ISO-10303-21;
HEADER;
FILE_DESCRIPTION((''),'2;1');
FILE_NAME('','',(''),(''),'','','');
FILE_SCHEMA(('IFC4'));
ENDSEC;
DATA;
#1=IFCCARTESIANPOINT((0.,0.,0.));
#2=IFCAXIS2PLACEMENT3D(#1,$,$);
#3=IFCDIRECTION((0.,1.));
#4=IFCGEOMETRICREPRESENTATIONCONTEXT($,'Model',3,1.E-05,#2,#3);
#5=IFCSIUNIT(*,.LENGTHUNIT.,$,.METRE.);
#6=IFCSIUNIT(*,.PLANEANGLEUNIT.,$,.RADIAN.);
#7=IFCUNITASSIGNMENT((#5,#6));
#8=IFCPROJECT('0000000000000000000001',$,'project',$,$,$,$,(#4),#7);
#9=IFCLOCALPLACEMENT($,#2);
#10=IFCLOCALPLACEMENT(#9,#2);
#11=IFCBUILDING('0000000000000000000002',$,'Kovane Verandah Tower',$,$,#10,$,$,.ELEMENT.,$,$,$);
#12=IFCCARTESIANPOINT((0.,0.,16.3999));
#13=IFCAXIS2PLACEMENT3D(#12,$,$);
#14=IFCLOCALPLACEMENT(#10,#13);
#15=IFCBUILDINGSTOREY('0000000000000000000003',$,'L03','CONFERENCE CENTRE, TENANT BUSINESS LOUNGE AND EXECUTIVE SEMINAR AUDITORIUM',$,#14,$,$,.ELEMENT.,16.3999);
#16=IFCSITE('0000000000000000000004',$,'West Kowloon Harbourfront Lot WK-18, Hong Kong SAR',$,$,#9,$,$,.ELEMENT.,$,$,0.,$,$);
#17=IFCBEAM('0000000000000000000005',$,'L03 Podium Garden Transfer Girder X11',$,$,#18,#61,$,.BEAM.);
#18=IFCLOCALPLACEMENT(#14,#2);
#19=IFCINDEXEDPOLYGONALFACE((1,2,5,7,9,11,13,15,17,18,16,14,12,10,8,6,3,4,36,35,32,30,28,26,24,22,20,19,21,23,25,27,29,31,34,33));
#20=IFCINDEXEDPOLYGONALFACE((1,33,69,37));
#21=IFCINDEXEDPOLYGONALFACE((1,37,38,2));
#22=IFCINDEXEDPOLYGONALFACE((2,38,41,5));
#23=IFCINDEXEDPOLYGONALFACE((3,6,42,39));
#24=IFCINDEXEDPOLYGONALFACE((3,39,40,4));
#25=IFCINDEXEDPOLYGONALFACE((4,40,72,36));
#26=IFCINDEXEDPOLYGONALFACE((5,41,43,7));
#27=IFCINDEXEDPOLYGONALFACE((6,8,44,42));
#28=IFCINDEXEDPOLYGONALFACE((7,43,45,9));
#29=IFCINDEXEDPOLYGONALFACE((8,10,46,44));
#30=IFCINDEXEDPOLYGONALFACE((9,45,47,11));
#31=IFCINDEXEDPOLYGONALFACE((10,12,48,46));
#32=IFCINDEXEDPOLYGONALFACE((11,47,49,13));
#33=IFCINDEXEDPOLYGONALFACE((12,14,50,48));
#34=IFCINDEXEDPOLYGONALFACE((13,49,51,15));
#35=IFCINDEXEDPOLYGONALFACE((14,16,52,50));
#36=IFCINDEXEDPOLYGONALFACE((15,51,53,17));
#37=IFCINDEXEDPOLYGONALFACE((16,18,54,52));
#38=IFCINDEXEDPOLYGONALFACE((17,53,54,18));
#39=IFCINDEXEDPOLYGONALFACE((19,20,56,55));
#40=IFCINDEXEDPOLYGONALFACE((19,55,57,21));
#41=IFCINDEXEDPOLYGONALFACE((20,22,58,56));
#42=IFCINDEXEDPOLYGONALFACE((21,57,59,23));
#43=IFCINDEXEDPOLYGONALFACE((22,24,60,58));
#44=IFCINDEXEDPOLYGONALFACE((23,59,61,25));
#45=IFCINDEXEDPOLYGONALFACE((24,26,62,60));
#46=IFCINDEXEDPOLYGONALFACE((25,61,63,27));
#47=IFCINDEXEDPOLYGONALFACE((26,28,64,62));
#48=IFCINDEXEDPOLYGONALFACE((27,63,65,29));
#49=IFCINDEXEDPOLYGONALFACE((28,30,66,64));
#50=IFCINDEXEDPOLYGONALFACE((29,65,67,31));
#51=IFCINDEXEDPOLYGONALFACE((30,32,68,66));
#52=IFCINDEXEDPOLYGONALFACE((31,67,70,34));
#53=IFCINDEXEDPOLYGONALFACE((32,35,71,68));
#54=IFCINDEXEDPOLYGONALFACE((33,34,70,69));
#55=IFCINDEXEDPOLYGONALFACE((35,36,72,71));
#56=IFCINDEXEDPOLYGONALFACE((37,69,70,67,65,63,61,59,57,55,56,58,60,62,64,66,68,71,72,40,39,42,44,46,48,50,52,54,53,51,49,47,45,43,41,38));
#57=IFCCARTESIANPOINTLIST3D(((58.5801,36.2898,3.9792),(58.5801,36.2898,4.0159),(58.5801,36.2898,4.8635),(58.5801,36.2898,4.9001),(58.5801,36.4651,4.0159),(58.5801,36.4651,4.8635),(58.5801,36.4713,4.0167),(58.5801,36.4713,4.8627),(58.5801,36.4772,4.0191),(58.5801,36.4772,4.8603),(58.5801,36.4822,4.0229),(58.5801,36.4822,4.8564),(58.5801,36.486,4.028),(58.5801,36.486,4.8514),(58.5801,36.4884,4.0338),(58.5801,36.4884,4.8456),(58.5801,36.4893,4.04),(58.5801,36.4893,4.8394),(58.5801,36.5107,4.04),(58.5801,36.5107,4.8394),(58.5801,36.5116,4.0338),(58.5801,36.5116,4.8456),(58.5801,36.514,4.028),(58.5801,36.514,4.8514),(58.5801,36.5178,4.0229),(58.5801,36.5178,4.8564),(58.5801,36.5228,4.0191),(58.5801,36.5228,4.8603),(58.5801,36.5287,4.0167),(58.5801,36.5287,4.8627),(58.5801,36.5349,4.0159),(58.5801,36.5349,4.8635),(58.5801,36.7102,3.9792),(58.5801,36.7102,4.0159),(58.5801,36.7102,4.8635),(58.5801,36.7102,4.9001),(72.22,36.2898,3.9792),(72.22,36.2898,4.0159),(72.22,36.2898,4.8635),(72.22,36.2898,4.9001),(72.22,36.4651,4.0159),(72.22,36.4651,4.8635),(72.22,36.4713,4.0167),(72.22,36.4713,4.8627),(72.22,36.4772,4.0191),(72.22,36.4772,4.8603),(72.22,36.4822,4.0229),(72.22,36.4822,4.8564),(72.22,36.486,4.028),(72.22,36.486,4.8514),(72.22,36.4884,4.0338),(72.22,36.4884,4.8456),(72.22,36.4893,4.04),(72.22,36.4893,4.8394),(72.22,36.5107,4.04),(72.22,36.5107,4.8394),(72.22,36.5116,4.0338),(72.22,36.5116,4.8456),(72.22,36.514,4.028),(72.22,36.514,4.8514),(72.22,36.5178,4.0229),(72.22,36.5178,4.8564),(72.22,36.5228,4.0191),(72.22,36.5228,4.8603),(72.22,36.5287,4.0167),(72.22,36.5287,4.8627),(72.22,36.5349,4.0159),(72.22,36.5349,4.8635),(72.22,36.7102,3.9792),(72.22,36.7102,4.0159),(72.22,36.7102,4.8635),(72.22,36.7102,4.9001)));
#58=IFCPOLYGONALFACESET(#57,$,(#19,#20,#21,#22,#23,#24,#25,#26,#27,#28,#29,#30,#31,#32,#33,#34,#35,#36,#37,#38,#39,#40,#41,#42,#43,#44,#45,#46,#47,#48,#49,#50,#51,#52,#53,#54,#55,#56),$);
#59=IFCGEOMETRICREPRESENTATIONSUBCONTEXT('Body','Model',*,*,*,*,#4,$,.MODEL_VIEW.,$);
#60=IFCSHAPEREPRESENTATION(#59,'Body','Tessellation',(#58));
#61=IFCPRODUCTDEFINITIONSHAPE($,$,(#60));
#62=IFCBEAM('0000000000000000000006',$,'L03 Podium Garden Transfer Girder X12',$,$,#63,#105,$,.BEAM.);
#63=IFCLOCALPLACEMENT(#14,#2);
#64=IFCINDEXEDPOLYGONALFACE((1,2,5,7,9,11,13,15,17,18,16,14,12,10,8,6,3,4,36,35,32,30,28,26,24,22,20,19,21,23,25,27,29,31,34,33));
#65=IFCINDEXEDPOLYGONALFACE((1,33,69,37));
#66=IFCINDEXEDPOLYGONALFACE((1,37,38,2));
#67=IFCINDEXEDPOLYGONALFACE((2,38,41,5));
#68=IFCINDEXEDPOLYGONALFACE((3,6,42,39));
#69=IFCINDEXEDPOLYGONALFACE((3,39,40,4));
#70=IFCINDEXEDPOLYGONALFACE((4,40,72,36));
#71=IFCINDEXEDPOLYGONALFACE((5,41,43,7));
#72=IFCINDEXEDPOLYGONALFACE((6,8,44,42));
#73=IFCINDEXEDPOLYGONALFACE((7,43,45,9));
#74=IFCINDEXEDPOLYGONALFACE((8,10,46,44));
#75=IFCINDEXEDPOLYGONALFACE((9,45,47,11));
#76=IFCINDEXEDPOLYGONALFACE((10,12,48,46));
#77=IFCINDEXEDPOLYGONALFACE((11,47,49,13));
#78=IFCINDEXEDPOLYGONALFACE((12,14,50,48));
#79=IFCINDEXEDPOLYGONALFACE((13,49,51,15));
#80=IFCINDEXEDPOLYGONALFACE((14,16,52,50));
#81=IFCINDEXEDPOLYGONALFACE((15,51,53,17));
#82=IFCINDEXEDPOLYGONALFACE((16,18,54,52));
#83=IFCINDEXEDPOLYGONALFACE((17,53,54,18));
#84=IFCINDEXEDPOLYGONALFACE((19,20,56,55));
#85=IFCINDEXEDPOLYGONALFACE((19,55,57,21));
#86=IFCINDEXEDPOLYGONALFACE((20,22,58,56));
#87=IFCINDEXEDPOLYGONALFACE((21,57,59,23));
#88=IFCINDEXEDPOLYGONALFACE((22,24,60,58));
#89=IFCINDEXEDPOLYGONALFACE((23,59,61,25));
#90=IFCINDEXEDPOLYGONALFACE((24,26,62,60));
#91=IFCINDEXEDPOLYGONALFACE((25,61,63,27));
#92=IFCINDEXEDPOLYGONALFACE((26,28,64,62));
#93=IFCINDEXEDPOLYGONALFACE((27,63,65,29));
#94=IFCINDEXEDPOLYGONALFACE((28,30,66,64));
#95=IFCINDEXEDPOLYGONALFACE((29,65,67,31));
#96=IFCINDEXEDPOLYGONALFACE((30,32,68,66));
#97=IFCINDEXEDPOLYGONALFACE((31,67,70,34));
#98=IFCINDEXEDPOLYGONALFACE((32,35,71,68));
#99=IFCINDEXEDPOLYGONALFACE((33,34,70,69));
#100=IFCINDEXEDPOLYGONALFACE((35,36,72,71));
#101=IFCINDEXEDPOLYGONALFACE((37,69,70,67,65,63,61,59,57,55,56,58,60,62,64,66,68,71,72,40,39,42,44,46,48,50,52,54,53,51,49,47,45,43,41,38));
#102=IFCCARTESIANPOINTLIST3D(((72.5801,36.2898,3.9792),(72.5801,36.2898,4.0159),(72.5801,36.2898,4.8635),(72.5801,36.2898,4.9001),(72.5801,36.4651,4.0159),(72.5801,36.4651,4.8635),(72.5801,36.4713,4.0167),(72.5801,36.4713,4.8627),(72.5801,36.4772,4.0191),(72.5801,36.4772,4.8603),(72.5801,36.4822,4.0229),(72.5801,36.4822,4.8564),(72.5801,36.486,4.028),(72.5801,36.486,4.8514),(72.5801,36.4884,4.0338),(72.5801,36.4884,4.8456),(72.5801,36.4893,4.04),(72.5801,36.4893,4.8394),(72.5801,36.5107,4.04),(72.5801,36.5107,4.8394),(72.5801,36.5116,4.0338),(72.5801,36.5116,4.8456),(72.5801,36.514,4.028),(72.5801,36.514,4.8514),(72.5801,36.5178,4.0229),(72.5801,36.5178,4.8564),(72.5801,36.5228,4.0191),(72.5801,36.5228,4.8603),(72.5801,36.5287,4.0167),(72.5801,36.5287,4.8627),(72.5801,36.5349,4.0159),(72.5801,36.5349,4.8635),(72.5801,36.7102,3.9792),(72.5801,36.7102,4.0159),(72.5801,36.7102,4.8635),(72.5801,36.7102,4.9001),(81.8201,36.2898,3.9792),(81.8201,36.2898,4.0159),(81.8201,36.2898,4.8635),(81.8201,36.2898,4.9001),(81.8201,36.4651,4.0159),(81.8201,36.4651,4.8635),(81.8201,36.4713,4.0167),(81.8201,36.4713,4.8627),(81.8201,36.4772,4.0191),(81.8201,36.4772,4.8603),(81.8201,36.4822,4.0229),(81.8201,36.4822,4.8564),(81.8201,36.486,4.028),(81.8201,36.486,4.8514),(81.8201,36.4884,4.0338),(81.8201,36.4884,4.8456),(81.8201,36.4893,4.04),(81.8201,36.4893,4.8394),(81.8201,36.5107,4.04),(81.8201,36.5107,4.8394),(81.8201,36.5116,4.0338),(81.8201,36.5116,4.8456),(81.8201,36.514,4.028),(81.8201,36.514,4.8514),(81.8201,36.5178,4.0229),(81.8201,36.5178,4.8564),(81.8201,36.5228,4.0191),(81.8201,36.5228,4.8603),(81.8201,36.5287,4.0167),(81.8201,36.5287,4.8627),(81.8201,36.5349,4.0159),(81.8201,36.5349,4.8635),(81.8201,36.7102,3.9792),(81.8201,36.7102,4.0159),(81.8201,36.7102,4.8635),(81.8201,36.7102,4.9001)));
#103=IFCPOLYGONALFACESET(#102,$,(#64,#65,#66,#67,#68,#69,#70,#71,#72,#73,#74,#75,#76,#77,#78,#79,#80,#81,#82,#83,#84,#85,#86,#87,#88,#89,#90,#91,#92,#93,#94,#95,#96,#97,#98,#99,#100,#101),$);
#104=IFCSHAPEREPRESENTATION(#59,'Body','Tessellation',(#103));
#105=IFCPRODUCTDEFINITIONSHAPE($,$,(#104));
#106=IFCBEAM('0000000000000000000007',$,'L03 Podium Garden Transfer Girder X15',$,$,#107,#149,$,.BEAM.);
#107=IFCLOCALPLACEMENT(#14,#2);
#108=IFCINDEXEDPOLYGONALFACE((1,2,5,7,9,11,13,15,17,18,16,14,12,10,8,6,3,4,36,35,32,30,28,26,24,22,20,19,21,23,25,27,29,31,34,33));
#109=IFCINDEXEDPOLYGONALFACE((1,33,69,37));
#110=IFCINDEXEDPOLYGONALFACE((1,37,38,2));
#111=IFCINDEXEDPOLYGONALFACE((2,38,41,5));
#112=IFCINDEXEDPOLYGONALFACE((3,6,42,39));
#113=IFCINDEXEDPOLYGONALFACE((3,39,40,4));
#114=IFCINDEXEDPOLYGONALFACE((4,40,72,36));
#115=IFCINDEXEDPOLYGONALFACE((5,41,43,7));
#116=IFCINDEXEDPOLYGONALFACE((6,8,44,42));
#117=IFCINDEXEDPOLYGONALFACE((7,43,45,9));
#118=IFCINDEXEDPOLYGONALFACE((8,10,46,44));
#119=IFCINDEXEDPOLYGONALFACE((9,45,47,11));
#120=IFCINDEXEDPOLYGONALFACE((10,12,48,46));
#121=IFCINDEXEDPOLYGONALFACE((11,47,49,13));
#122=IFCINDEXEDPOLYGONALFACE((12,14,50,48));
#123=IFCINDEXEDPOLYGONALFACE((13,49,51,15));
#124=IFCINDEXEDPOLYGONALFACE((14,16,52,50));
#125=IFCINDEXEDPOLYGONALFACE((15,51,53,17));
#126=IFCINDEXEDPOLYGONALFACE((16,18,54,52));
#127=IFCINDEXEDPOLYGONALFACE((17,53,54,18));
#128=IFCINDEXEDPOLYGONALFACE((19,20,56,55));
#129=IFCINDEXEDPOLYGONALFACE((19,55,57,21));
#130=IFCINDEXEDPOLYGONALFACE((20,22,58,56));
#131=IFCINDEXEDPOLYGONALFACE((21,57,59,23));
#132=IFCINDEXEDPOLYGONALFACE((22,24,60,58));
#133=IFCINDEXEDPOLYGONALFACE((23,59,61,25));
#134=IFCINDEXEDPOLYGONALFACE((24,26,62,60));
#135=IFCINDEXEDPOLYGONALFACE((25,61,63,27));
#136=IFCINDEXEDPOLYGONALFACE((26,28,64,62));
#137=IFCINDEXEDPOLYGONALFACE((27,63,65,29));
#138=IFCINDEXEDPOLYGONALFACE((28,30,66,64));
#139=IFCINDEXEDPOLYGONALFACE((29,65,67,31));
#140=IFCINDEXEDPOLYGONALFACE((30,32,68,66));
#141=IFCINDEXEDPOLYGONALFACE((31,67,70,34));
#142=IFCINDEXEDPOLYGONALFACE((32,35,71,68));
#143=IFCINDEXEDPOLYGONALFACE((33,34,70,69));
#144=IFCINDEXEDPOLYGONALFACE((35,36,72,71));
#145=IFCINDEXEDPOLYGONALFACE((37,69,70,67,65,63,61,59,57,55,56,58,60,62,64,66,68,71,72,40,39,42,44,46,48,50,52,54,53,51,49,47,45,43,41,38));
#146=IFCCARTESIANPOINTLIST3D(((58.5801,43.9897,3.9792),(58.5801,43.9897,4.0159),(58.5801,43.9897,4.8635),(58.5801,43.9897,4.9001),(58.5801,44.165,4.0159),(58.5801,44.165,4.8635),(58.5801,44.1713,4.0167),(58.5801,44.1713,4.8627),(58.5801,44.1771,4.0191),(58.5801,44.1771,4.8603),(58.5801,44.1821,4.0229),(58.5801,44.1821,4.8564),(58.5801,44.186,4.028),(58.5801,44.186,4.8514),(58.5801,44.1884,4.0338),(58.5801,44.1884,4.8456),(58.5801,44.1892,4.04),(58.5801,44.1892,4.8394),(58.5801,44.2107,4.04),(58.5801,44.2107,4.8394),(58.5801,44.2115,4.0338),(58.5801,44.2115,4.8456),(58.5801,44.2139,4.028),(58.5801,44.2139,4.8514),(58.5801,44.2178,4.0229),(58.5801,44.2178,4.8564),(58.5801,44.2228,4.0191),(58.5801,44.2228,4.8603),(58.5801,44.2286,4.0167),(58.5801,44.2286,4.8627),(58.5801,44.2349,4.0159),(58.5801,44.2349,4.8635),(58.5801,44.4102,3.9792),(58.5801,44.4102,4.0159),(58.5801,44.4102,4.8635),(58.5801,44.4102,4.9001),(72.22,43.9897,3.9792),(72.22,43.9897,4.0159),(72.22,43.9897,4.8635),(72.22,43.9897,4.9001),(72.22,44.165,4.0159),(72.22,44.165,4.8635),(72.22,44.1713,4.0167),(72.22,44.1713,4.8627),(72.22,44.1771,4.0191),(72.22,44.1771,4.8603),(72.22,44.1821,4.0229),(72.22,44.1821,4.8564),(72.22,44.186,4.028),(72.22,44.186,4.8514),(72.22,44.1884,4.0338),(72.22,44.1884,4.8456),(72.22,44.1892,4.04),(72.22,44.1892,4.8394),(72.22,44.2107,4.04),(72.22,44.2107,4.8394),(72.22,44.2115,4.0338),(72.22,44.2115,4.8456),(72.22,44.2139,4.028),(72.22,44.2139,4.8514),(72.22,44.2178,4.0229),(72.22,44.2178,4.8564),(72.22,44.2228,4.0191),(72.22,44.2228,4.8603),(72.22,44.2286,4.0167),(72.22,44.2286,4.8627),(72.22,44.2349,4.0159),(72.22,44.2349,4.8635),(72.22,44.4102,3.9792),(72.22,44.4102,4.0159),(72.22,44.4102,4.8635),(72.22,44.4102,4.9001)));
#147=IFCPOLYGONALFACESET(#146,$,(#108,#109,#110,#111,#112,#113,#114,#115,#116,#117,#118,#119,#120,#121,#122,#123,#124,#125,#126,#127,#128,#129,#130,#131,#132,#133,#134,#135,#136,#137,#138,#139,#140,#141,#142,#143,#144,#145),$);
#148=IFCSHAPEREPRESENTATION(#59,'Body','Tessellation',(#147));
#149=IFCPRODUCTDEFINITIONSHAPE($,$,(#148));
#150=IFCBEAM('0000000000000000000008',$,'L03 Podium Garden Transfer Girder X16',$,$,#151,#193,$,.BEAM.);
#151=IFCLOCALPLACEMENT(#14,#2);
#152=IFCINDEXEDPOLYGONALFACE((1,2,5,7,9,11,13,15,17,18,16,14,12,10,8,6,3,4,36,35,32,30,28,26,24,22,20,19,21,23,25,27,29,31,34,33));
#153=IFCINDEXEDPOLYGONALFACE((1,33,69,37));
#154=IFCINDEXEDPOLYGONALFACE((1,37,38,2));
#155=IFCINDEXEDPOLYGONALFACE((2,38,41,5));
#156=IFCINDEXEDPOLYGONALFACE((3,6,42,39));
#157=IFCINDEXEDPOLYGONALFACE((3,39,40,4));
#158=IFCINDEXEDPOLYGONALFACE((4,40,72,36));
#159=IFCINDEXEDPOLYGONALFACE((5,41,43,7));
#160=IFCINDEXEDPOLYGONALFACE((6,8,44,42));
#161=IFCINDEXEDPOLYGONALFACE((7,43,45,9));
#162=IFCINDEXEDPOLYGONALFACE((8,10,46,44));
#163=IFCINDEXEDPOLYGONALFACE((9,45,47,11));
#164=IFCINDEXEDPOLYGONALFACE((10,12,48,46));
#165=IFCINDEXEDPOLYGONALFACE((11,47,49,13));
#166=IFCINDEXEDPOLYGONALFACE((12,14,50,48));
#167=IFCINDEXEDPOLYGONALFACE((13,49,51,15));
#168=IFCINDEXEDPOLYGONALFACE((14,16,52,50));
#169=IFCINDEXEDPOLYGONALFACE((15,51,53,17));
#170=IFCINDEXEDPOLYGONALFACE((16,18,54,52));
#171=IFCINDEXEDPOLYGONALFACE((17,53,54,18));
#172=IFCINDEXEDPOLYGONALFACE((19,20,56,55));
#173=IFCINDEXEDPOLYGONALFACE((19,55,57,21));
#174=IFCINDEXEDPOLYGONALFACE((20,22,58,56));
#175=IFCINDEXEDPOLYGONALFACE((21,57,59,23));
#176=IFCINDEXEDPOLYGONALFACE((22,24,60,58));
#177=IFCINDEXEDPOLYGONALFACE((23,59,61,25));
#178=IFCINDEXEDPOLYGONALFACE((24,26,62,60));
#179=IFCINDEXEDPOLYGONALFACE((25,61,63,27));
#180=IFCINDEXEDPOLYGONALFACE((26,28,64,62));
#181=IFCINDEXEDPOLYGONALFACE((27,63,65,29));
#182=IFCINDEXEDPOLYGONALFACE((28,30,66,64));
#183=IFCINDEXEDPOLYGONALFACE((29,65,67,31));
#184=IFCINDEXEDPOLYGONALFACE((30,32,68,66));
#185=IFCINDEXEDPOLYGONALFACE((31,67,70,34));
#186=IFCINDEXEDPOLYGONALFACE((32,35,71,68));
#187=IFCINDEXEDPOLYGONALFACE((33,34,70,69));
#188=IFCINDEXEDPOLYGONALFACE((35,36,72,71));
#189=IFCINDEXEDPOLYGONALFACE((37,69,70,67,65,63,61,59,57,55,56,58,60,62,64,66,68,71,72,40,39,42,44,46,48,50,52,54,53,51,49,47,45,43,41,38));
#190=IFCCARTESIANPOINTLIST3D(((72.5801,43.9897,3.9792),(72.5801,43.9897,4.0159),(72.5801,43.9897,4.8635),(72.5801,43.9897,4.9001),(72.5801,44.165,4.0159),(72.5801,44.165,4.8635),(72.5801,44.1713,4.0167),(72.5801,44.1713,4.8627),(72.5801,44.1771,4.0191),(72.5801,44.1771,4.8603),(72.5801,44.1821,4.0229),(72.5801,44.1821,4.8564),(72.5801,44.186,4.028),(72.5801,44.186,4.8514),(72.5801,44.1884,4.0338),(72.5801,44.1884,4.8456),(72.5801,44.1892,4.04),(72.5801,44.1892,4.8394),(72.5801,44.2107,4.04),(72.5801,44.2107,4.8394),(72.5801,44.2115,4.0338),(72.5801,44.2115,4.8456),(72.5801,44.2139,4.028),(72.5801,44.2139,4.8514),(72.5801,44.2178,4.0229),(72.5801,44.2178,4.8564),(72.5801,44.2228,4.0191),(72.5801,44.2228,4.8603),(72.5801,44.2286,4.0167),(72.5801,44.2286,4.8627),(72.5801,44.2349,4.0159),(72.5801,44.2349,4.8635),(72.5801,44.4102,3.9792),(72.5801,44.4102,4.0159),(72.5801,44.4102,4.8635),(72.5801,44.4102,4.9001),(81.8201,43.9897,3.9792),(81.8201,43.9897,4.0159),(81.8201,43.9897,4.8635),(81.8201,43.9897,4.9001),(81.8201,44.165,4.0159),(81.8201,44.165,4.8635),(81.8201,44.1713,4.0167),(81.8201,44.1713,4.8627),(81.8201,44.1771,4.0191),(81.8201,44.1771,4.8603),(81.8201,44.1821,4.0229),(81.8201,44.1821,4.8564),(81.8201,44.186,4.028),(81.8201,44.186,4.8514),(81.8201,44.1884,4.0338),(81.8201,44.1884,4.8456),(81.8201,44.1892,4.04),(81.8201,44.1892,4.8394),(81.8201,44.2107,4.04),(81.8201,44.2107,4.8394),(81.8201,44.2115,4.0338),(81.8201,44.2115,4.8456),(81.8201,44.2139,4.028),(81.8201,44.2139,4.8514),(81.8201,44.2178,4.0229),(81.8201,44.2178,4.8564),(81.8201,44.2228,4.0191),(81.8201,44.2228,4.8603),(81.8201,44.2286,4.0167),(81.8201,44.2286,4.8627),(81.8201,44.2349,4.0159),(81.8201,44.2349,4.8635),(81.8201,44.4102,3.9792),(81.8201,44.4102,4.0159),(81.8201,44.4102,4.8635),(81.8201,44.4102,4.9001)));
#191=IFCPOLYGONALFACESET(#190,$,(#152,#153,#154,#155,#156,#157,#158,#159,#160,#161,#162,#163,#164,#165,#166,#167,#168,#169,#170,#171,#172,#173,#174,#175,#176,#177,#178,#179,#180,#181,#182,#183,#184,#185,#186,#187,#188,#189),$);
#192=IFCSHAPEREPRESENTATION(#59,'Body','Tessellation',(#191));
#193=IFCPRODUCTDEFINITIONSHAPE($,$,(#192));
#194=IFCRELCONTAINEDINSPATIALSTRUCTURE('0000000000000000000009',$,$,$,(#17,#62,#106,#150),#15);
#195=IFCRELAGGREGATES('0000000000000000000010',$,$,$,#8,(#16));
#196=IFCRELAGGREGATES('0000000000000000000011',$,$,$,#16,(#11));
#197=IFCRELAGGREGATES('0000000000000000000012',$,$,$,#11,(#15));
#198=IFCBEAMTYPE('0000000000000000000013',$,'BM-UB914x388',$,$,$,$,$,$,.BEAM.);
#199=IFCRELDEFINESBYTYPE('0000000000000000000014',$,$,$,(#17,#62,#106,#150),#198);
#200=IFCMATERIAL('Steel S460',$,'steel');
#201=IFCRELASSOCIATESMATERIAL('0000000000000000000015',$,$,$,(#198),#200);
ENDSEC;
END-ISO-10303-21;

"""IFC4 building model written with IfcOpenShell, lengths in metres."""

from ifc_helpers import new_model, si_unit, direction, frame, origin, origin_2d, place, context, subcontext, project, spatial, i_section, extrude, material, material_profile, profile_set, type_object, element, save


model = new_model("IFC4")

# Units and contexts
model_context = context("Model", 3, precision=1e-05, world=origin(), true_north=direction((0.0, 1.0)))
body_context = subcontext(model_context, "Body", "Model", "MODEL_VIEW")
ifc_project = project(units=[si_unit("LENGTHUNIT", "METRE"), si_unit("PLANEANGLEUNIT", "RADIAN")], contexts=[model_context])

# Site, building, storey
site_placement = place(None, origin())
site = spatial("IfcSite", under=ifc_project, at=site_placement, Name="West Kowloon Harbourfront Lot WK-18, Hong Kong SAR", CompositionType="ELEMENT", RefElevation=0.0)
building_placement = place(site_placement, origin())
building = spatial("IfcBuilding", under=site, at=building_placement, Name="Kovane Verandah Tower", CompositionType="ELEMENT")
storey_placement = place(building_placement, frame((0.0, 0.0, 16.3999)))
storey = spatial("IfcBuildingStorey", under=building, at=storey_placement, Name="L03", Description="CONFERENCE CENTRE, TENANT BUSINESS LOUNGE AND EXECUTIVE SEMINAR AUDITORIUM", CompositionType="ELEMENT", Elevation=16.3999)

# Shared definitions
ifc_material_1 = material(Name="Steel S460", Category="steel")

# Beams
ifc_material_profile_1 = material_profile(ifc_material_1, i_section(OverallWidth=0.4204, OverallDepth=0.9209, WebThickness=0.0215, FlangeThickness=0.0366, FilletRadius=0.0242, at=origin_2d()), Name="UB914x419x388")
ifc_profile_set_1 = profile_set([ifc_material_profile_1], Name="Steel S460")
beam_type = type_object("IfcBeamType", Name="BM-UB914x388", PredefinedType="BEAM", material=ifc_profile_set_1)
beam_1_placement = place(storey_placement, frame((58.5801, 36.5, 4.4397), z_axis=(1.0, 0.0, 0.0), x_axis=(0.0, 1.0, 0.0)))
element("IfcBeam", 1, at=beam_1_placement, inside=storey, type_object=beam_type, Name="L03 Podium Garden Transfer Girder X11", PredefinedType="BEAM", context=body_context, shape_type="SweptSolid", body=[
    extrude(i_section(OverallWidth=0.4204, OverallDepth=0.9209, WebThickness=0.0215, FlangeThickness=0.0366, FilletRadius=0.0242, at=origin_2d()), origin(), (0.0, 0.0, 1.0), 13.6399),
])
beam_2_placement = place(storey_placement, frame((72.5801, 36.5, 4.4397), z_axis=(1.0, 0.0, 0.0), x_axis=(0.0, 1.0, 0.0)))
element("IfcBeam", 2, at=beam_2_placement, inside=storey, type_object=beam_type, Name="L03 Podium Garden Transfer Girder X12", PredefinedType="BEAM", context=body_context, shape_type="SweptSolid", body=[
    extrude(i_section(OverallWidth=0.4204, OverallDepth=0.9209, WebThickness=0.0215, FlangeThickness=0.0366, FilletRadius=0.0242, at=origin_2d()), origin(), (0.0, 0.0, 1.0), 9.24),
])
beam_3_placement = place(storey_placement, frame((58.5801, 44.2, 4.4397), z_axis=(1.0, 0.0, 0.0), x_axis=(0.0, 1.0, 0.0)))
element("IfcBeam", 3, at=beam_3_placement, inside=storey, type_object=beam_type, Name="L03 Podium Garden Transfer Girder X15", PredefinedType="BEAM", context=body_context, shape_type="SweptSolid", body=[
    extrude(i_section(OverallWidth=0.4204, OverallDepth=0.9209, WebThickness=0.0215, FlangeThickness=0.0366, FilletRadius=0.0242, at=origin_2d()), origin(), (0.0, 0.0, 1.0), 13.6399),
])
beam_4_placement = place(storey_placement, frame((72.5801, 44.2, 4.4397), z_axis=(1.0, 0.0, 0.0), x_axis=(0.0, 1.0, 0.0)))
element("IfcBeam", 4, at=beam_4_placement, inside=storey, type_object=beam_type, Name="L03 Podium Garden Transfer Girder X16", PredefinedType="BEAM", context=body_context, shape_type="SweptSolid", body=[
    extrude(i_section(OverallWidth=0.4204, OverallDepth=0.9209, WebThickness=0.0215, FlangeThickness=0.0366, FilletRadius=0.0242, at=origin_2d()), origin(), (0.0, 0.0, 1.0), 9.24),
])

save(model, "model.ifc")
